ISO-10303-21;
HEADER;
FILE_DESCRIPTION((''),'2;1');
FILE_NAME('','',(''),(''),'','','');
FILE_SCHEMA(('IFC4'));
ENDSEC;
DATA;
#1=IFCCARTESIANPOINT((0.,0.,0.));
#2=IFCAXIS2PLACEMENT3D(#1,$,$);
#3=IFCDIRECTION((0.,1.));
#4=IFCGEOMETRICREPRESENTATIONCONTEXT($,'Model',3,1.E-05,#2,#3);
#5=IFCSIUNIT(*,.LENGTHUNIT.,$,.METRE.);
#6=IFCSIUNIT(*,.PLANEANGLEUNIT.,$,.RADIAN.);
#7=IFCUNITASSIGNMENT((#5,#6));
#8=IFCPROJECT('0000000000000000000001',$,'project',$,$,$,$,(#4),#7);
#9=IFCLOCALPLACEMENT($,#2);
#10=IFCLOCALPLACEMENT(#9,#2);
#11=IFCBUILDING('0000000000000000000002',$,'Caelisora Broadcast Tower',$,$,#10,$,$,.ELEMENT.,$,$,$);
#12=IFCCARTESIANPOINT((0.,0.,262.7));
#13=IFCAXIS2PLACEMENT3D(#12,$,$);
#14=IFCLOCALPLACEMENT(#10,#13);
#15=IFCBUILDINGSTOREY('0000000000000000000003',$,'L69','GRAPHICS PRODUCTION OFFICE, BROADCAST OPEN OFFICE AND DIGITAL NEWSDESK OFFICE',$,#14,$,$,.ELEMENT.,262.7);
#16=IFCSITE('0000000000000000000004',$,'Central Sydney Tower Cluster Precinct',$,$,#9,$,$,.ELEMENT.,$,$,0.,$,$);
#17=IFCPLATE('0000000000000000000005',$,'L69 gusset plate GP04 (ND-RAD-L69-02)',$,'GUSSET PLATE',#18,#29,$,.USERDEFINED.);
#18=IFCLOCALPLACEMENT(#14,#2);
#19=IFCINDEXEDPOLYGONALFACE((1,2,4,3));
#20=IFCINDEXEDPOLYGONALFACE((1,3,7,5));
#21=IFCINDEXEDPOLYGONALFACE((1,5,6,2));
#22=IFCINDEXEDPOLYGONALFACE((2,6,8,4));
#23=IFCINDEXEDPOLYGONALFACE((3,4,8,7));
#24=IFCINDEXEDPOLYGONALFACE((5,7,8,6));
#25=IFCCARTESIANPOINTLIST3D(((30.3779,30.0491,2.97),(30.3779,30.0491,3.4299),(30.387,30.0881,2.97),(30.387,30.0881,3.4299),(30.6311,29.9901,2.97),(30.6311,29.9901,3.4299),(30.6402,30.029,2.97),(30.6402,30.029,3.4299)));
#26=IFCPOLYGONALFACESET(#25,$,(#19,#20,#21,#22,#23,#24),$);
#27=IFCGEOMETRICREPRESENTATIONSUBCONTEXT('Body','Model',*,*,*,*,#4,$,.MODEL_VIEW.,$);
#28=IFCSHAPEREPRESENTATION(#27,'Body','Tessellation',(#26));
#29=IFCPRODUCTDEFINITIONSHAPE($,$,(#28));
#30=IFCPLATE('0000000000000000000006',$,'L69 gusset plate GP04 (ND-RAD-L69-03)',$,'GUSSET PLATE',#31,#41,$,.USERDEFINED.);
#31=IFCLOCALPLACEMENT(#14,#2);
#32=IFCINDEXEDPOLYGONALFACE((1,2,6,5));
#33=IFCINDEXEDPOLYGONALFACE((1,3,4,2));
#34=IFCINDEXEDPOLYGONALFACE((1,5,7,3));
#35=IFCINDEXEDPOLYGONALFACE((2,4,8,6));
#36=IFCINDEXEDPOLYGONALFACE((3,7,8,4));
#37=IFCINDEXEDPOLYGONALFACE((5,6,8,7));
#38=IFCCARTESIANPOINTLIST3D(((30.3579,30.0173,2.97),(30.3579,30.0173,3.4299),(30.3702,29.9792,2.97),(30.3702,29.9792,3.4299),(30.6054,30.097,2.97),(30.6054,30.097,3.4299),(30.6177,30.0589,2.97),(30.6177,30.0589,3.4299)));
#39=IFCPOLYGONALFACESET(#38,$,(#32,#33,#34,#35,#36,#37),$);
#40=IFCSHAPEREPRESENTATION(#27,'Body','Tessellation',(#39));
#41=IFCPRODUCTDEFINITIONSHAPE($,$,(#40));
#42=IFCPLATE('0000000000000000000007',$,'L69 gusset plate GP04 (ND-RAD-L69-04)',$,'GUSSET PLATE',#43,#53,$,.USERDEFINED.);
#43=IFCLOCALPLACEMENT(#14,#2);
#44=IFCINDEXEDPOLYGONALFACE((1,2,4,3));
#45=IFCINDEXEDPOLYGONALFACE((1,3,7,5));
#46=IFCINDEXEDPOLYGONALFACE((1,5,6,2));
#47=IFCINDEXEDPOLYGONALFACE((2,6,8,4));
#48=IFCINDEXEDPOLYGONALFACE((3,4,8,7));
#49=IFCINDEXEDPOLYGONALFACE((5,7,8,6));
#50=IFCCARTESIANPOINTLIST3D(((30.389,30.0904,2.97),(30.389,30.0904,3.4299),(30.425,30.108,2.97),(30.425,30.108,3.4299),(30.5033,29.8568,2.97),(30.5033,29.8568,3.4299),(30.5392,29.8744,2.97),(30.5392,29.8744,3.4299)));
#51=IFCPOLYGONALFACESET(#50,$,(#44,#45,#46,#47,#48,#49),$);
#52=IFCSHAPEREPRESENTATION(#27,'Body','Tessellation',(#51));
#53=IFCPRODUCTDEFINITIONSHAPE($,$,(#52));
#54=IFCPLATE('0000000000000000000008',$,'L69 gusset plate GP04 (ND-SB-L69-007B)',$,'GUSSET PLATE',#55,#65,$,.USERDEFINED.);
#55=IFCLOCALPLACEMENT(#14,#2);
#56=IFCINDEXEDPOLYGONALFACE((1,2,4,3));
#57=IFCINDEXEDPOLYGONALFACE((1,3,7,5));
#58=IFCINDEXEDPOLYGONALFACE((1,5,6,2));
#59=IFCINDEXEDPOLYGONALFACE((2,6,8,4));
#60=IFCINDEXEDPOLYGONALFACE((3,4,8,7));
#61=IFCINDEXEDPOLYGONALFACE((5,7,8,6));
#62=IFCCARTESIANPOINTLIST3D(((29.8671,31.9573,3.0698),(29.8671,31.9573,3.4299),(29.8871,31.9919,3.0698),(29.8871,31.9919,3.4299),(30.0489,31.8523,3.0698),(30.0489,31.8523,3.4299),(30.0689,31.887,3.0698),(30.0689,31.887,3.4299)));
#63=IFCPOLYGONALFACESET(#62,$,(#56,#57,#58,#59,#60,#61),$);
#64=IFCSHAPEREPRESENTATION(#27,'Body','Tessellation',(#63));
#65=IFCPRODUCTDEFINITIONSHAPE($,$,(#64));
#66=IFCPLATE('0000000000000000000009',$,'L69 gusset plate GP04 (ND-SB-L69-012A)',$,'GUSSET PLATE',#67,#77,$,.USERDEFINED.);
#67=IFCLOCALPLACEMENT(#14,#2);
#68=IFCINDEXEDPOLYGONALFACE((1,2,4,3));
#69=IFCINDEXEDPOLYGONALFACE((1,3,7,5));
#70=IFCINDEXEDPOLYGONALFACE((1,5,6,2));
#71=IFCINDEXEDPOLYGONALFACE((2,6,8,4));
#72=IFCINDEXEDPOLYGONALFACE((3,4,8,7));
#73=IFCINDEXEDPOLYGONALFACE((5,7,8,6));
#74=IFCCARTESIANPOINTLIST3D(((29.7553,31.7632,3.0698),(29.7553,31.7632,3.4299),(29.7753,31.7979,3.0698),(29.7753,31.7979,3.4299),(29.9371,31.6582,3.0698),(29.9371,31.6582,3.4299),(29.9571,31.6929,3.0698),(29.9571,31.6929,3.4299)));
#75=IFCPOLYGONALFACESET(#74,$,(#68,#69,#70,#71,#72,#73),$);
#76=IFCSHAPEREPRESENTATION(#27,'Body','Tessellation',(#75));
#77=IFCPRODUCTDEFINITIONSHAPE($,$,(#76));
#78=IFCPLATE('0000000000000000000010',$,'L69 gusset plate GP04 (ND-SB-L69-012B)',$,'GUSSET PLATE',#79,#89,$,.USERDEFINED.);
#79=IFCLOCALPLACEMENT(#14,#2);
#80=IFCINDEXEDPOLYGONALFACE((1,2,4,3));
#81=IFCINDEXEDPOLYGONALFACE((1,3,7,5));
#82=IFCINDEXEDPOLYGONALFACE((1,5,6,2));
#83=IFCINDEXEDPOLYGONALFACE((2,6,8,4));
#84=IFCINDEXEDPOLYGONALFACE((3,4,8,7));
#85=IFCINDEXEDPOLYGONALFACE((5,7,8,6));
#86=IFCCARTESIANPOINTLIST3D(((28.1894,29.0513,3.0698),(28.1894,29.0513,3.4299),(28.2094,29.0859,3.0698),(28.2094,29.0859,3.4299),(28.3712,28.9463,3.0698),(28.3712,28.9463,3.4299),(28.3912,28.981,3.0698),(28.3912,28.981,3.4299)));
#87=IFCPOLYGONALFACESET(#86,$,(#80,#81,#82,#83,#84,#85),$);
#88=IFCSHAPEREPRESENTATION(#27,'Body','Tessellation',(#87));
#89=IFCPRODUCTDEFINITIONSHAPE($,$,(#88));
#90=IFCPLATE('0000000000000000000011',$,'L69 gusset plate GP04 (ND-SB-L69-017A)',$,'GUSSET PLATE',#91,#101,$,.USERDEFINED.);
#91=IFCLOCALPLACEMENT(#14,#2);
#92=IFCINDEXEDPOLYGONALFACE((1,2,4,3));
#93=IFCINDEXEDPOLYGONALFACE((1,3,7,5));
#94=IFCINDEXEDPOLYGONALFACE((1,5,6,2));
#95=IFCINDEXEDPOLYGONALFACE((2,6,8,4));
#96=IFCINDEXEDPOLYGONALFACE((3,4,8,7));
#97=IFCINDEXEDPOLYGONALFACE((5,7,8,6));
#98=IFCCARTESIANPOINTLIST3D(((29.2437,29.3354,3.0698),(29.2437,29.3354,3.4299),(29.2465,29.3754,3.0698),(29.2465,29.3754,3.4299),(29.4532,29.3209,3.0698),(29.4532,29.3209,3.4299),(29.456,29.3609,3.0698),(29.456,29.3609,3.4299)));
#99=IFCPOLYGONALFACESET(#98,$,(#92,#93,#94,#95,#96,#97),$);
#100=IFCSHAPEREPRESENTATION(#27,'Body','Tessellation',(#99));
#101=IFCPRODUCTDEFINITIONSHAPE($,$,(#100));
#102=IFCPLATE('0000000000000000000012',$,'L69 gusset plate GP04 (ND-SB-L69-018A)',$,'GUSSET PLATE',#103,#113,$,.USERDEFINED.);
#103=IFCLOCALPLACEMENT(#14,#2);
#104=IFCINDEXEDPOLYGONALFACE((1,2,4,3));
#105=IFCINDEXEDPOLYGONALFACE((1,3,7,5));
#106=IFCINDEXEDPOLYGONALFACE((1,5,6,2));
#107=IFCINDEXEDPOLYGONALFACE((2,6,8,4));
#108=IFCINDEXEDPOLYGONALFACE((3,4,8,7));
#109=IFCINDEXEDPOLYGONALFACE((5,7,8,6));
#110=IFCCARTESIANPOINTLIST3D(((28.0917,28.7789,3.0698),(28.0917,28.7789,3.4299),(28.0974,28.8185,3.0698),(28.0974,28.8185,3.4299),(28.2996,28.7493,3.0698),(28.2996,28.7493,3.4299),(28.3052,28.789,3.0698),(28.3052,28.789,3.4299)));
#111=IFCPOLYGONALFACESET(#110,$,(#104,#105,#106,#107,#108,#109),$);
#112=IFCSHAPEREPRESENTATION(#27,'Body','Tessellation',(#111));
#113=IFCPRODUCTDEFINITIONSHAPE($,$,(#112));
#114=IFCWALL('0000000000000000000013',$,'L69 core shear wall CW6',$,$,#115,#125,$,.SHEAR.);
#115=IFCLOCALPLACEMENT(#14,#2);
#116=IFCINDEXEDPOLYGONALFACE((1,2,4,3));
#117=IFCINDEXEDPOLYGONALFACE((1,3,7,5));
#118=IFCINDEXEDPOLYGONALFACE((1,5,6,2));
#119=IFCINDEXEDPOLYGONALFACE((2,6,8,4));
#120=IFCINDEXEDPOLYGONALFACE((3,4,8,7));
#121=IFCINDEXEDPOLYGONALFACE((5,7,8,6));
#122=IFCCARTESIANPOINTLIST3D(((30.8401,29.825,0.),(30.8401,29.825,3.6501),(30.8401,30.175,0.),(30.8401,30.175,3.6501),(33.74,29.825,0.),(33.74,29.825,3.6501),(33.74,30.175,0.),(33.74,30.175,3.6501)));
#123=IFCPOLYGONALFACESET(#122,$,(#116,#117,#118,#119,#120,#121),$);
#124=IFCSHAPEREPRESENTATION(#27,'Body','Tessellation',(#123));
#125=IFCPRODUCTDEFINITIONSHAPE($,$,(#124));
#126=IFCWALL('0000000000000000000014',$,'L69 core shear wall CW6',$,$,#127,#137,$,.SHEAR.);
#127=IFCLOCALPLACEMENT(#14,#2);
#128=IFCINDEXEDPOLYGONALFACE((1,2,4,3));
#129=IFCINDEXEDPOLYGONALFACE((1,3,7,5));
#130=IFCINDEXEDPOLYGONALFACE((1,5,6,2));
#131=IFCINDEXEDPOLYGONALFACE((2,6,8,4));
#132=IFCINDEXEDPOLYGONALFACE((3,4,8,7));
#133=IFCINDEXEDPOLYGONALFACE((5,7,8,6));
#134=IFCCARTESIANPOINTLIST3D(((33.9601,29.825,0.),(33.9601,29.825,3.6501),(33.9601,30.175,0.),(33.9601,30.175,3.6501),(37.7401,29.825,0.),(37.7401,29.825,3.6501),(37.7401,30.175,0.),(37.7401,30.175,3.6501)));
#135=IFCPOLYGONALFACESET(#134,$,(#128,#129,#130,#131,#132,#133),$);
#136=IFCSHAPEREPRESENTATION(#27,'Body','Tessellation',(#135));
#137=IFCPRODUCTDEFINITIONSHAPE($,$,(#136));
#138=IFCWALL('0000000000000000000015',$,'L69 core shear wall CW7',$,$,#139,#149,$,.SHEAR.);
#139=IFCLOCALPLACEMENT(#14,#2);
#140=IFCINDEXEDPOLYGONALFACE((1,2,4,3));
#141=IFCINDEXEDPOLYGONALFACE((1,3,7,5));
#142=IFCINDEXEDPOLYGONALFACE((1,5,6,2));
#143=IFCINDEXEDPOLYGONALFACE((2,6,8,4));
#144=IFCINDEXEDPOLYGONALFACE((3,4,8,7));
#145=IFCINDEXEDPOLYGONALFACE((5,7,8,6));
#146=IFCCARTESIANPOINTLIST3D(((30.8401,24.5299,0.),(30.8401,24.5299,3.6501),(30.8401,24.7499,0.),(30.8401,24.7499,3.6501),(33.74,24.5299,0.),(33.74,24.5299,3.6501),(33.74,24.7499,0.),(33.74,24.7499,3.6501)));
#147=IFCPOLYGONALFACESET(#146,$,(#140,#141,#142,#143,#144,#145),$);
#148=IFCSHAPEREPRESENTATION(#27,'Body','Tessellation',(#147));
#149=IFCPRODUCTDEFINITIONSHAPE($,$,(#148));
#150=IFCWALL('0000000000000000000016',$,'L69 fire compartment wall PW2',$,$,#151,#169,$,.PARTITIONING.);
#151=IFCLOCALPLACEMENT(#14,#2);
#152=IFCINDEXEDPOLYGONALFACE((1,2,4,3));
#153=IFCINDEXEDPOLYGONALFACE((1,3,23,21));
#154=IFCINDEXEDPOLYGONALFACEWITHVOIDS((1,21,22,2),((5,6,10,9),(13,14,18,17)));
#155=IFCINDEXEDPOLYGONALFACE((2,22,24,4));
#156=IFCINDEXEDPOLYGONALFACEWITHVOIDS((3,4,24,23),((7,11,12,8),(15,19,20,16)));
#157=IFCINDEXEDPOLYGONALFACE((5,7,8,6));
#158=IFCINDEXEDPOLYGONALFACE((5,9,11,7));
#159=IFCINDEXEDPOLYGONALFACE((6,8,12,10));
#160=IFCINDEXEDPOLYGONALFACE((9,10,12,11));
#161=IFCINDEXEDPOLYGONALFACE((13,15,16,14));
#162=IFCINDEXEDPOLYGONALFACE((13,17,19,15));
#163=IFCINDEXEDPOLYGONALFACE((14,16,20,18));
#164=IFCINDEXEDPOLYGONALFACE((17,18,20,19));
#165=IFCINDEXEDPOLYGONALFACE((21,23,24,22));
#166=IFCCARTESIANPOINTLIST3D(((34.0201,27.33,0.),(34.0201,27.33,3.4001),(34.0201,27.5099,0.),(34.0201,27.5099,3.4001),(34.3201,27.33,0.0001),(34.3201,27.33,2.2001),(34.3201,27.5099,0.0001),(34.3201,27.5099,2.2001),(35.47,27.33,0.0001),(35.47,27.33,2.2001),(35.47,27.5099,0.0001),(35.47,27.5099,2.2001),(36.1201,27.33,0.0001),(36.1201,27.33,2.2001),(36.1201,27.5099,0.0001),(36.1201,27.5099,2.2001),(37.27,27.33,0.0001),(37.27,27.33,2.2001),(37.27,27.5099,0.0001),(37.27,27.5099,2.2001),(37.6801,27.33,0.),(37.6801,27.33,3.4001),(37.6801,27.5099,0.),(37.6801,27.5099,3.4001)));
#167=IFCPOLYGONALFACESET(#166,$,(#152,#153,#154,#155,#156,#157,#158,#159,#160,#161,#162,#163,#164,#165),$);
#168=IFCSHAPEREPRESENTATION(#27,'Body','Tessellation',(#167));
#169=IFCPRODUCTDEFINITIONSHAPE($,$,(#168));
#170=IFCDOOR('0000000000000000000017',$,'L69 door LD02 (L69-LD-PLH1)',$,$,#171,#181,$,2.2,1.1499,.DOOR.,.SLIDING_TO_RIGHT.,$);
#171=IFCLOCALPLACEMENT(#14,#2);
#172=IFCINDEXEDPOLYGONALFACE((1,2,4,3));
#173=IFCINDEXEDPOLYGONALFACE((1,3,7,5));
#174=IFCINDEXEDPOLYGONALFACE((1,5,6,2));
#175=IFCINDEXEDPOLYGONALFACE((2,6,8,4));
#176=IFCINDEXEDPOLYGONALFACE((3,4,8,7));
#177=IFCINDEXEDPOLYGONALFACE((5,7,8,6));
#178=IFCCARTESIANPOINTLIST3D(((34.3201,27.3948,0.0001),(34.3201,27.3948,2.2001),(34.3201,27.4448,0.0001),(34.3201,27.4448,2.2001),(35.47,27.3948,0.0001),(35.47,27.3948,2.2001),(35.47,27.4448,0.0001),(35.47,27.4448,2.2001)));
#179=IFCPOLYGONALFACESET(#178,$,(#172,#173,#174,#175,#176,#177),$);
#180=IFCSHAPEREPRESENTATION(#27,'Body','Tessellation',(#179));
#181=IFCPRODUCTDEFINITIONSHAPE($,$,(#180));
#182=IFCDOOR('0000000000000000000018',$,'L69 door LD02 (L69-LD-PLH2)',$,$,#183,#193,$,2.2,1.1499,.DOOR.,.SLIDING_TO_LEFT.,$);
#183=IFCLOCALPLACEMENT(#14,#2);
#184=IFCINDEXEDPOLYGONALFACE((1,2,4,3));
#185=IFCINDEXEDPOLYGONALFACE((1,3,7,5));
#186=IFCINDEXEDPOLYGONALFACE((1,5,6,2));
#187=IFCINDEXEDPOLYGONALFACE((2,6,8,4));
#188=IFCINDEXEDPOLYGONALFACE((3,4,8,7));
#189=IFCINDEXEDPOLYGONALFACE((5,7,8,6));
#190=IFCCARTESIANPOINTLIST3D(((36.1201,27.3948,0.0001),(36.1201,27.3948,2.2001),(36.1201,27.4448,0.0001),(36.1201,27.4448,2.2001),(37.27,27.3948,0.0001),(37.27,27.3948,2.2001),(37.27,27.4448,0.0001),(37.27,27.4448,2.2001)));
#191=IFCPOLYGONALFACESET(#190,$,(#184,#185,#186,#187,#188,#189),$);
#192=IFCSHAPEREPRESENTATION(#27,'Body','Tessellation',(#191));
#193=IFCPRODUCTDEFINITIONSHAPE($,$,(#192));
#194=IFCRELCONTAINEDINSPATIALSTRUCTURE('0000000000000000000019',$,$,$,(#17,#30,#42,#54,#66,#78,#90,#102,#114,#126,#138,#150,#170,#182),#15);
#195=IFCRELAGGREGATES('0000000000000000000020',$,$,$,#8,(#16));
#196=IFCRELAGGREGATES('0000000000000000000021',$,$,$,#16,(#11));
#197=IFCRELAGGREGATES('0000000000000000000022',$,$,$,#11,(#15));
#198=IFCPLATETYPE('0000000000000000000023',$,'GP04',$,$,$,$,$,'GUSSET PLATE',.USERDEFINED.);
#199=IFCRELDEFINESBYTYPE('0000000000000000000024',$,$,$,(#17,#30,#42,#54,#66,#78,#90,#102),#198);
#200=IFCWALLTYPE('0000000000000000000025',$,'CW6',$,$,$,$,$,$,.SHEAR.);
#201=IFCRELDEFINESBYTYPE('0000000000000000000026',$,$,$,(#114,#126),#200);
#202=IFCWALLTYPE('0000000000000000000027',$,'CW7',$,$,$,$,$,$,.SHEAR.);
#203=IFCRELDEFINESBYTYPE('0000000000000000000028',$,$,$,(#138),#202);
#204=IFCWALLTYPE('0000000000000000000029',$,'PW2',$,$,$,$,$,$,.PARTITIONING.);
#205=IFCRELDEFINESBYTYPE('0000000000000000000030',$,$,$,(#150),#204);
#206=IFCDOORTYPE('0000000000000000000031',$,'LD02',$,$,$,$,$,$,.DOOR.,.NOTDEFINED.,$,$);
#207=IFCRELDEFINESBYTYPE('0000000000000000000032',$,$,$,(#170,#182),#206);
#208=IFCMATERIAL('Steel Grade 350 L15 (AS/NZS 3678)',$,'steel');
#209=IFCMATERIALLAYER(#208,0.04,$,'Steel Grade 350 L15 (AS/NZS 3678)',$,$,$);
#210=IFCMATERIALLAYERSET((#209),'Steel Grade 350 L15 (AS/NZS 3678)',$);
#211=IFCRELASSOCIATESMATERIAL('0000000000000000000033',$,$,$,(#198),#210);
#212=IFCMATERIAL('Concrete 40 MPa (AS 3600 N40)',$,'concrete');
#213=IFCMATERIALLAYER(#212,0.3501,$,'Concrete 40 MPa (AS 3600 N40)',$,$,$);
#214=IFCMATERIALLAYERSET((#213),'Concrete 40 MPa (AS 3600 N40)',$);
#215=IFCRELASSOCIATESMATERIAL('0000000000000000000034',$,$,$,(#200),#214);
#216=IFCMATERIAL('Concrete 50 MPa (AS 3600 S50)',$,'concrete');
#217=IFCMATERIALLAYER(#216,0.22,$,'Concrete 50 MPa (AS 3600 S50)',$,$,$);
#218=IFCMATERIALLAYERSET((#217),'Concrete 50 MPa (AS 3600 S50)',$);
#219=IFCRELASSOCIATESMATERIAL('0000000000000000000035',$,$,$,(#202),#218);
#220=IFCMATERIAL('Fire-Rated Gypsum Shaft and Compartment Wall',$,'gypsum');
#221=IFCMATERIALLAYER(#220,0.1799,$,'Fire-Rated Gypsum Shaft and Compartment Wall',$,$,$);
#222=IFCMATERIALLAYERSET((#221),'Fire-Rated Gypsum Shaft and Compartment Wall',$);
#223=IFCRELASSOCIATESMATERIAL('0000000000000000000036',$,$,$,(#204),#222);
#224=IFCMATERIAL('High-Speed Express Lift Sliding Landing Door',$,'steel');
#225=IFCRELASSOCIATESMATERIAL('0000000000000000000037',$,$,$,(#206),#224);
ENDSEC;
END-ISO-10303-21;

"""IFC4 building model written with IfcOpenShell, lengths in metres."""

from ifc_helpers import new_model, si_unit, direction, frame, frame_2d, origin, origin_2d, place, context, subcontext, project, spatial, rectangle, extrude, source, transform, mapped, material, layer, layer_set, type_object, type_shapes, element, fill, save


model = new_model("IFC4")

# Units and contexts
model_context = context("Model", 3, precision=1e-05, world=origin(), true_north=direction((0.0, 1.0)))
body_context = subcontext(model_context, "Body", "Model", "MODEL_VIEW")
ifc_project = project(units=[si_unit("LENGTHUNIT", "METRE"), si_unit("PLANEANGLEUNIT", "RADIAN")], contexts=[model_context])

# Site, building, storey
site_placement = place(None, origin())
site = spatial("IfcSite", under=ifc_project, at=site_placement, Name="Central Sydney Tower Cluster Precinct", CompositionType="ELEMENT", RefElevation=0.0)
building_placement = place(site_placement, origin())
building = spatial("IfcBuilding", under=site, at=building_placement, Name="Caelisora Broadcast Tower", CompositionType="ELEMENT")
storey_placement = place(building_placement, frame((0.0, 0.0, 262.7)))
storey = spatial("IfcBuildingStorey", under=building, at=storey_placement, Name="L69", Description="GRAPHICS PRODUCTION OFFICE, BROADCAST OPEN OFFICE AND DIGITAL NEWSDESK OFFICE", CompositionType="ELEMENT", Elevation=262.7)

# Plates
ifc_material_1 = material(Name="Steel Grade 350 L15 (AS/NZS 3678)", Category="steel")
ifc_layer_1 = layer(ifc_material_1, 0.04, Name="Steel Grade 350 L15 (AS/NZS 3678)")
ifc_layer_set_1 = layer_set([ifc_layer_1], Name="Steel Grade 350 L15 (AS/NZS 3678)")
plate_type = type_object("IfcPlateType", Name="GP04", ElementType="GUSSET PLATE", PredefinedType="USERDEFINED", material=ifc_layer_set_1)
shared_shape_1 = source(origin(), body_context, "Body", "SweptSolid", [
    extrude(rectangle(XDim=0.26, YDim=0.04, at=origin_2d()), origin(), (0.0, 0.0, 1.0), 0.46),
])
for number, where, z_axis, x_axis, name in (
    (1, (30.509, 30.0391, 2.97), (0.0, 0.0, 1.0), (-0.973897, 0.226991, 0.0), "L69 gusset plate GP04 (ND-RAD-L69-02)"),
    (2, (30.4878, 30.0381, 2.97), (0.0, 0.0, 1.0), (-0.951862, -0.306526, 0.0), "L69 gusset plate GP04 (ND-RAD-L69-03)"),
    (3, (30.4641, 29.9824, 2.97), (0.0, 0.0, 1.0), (0.439469, -0.898258, 0.0), "L69 gusset plate GP04 (ND-RAD-L69-04)"),
):
    element("IfcPlate", number, at=place(storey_placement, frame(where, z_axis=z_axis, x_axis=x_axis)), inside=storey, type_object=plate_type, Name=name, ObjectType="GUSSET PLATE", PredefinedType="USERDEFINED", context=body_context, shape_type="MappedRepresentation", body=[
        mapped(shared_shape_1, transform((0.0, 0.0, 0.0), scale=1.0)),
    ])
shared_shape_2 = source(origin(), body_context, "Body", "SweptSolid", [
    extrude(rectangle(XDim=0.21, YDim=0.04, at=origin_2d()), origin(), (0.0, 0.0, 1.0), 0.3601),
])
type_shapes(plate_type, [shared_shape_1, shared_shape_2])
for number, where, z_axis, x_axis, name in (
    (4, (29.968, 31.9221, 3.0698), (0.0, 0.0, 1.0), (0.866025, -0.5, 0.0), "L69 gusset plate GP04 (ND-SB-L69-007B)"),
    (5, (29.8562, 31.728, 3.0698), (0.0, 0.0, 1.0), (0.866025, -0.5, 0.0), "L69 gusset plate GP04 (ND-SB-L69-012A)"),
    (6, (28.2903, 29.0161, 3.0698), (0.0, 0.0, 1.0), (0.866025, -0.5, 0.0), "L69 gusset plate GP04 (ND-SB-L69-012B)"),
    (7, (29.3499, 29.3481, 3.0698), (0.0, 0.0, 1.0), (0.997613, -0.06906, 0.0), "L69 gusset plate GP04 (ND-SB-L69-017A)"),
    (8, (28.1985, 28.7839, 3.0698), (0.0, 0.0, 1.0), (0.990024, -0.140901, 0.0), "L69 gusset plate GP04 (ND-SB-L69-018A)"),
):
    element("IfcPlate", number, at=place(storey_placement, frame(where, z_axis=z_axis, x_axis=x_axis)), inside=storey, type_object=plate_type, Name=name, ObjectType="GUSSET PLATE", PredefinedType="USERDEFINED", context=body_context, shape_type="MappedRepresentation", body=[
        mapped(shared_shape_2, transform((0.0, 0.0, 0.0), scale=1.0)),
    ])

# Walls
ifc_material_2 = material(Name="Concrete 40 MPa (AS 3600 N40)", Category="concrete")
ifc_layer_2 = layer(ifc_material_2, 0.3501, Name="Concrete 40 MPa (AS 3600 N40)")
ifc_layer_set_2 = layer_set([ifc_layer_2], Name="Concrete 40 MPa (AS 3600 N40)")
wall_type_1 = type_object("IfcWallType", Name="CW6", PredefinedType="SHEAR", material=ifc_layer_set_2)
wall_1_placement = place(storey_placement, frame((30.8401, 30.0, 0.0), z_axis=(0.0, 0.0, 1.0), x_axis=(1.0, 0.0, 0.0)))
element("IfcWall", 9, at=wall_1_placement, inside=storey, type_object=wall_type_1, Name="L69 core shear wall CW6", PredefinedType="SHEAR", context=body_context, shape_type="SweptSolid", body=[
    extrude(rectangle(XDim=2.8999, YDim=0.3501, at=frame_2d((1.45, 0.0))), origin(), (0.0, 0.0, 1.0), 3.6501),
])
wall_2_placement = place(storey_placement, frame((33.96, 30.0, 0.0), z_axis=(0.0, 0.0, 1.0), x_axis=(1.0, 0.0, 0.0)))
element("IfcWall", 10, at=wall_2_placement, inside=storey, type_object=wall_type_1, Name="L69 core shear wall CW6", PredefinedType="SHEAR", context=body_context, shape_type="SweptSolid", body=[
    extrude(rectangle(XDim=3.78, YDim=0.3501, at=frame_2d((1.8901, 0.0))), origin(), (0.0, 0.0, 1.0), 3.6501),
])
ifc_material_3 = material(Name="Concrete 50 MPa (AS 3600 S50)", Category="concrete")
ifc_layer_3 = layer(ifc_material_3, 0.22, Name="Concrete 50 MPa (AS 3600 S50)")
ifc_layer_set_3 = layer_set([ifc_layer_3], Name="Concrete 50 MPa (AS 3600 S50)")
wall_type_2 = type_object("IfcWallType", Name="CW7", PredefinedType="SHEAR", material=ifc_layer_set_3)
wall_3_placement = place(storey_placement, frame((30.8401, 24.6399, 0.0), z_axis=(0.0, 0.0, 1.0), x_axis=(1.0, 0.0, 0.0)))
element("IfcWall", 11, at=wall_3_placement, inside=storey, type_object=wall_type_2, Name="L69 core shear wall CW7", PredefinedType="SHEAR", context=body_context, shape_type="SweptSolid", body=[
    extrude(rectangle(XDim=2.8999, YDim=0.22, at=frame_2d((1.45, 0.0))), origin(), (0.0, 0.0, 1.0), 3.6501),
])

# Wall, openings, doors
ifc_material_4 = material(Name="Fire-Rated Gypsum Shaft and Compartment Wall", Category="gypsum")
ifc_layer_4 = layer(ifc_material_4, 0.1799, Name="Fire-Rated Gypsum Shaft and Compartment Wall")
ifc_layer_set_4 = layer_set([ifc_layer_4], Name="Fire-Rated Gypsum Shaft and Compartment Wall")
wall_type_3 = type_object("IfcWallType", Name="PW2", PredefinedType="PARTITIONING", material=ifc_layer_set_4)
wall_4_placement = place(storey_placement, frame((34.02, 27.4199, 0.0), z_axis=(0.0, 0.0, 1.0), x_axis=(1.0, 0.0, 0.0)))
wall_4 = element("IfcWall", 12, at=wall_4_placement, inside=storey, type_object=wall_type_3, Name="L69 fire compartment wall PW2", PredefinedType="PARTITIONING", context=body_context, shape_type="SweptSolid", body=[
    extrude(rectangle(XDim=3.6599, YDim=0.1799, at=frame_2d((1.8301, 0.0))), origin(), (0.0, 0.0, 1.0), 3.4001),
])
opening_1_placement = place(wall_4_placement, frame((0.3, 0.0, 0.0)))
opening_1 = element("IfcOpeningElement", 13, at=opening_1_placement, cuts=wall_4, PredefinedType="OPENING", context=body_context, shape_type="SweptSolid", body=[
    extrude(rectangle(XDim=1.1499, YDim=2.2, at=frame_2d((0.575, 1.1001))), frame((0.0, 0.1021, 0.0), z_axis=(0.0, -1.0, 0.0), x_axis=(1.0, 0.0, 0.0)), (0.0, 0.0, 1.0), 0.2039),
])
opening_2_placement = place(wall_4_placement, frame((2.1001, 0.0, 0.0)))
opening_2 = element("IfcOpeningElement", 14, at=opening_2_placement, cuts=wall_4, PredefinedType="OPENING", context=body_context, shape_type="SweptSolid", body=[
    extrude(rectangle(XDim=1.1499, YDim=2.2, at=frame_2d((0.575, 1.1001))), frame((0.0, 0.1021, 0.0), z_axis=(0.0, -1.0, 0.0), x_axis=(1.0, 0.0, 0.0)), (0.0, 0.0, 1.0), 0.2039),
])
ifc_material_5 = material(Name="High-Speed Express Lift Sliding Landing Door", Category="steel")
door_type = type_object("IfcDoorType", Name="LD02", OperationType="NOTDEFINED", PredefinedType="DOOR", material=ifc_material_5)
door_1_placement = place(opening_1_placement, origin())
door_1 = element("IfcDoor", 15, at=door_1_placement, inside=storey, type_object=door_type, Name="L69 door LD02 (L69-LD-PLH1)", OperationType="SLIDING_TO_RIGHT", OverallHeight=2.2, OverallWidth=1.1499, PredefinedType="DOOR", context=body_context, shape_type="SweptSolid", body=[
    extrude(rectangle(XDim=1.1499, YDim=2.2, at=frame_2d((0.575, 1.1001))), frame((0.0, 0.0249, 0.0), z_axis=(0.0, -1.0, 0.0), x_axis=(1.0, 0.0, 0.0)), (0.0, 0.0, 1.0), 0.05),
])
fill(opening_1, door_1)
door_2_placement = place(opening_2_placement, origin())
door_2 = element("IfcDoor", 16, at=door_2_placement, inside=storey, type_object=door_type, Name="L69 door LD02 (L69-LD-PLH2)", OperationType="SLIDING_TO_LEFT", OverallHeight=2.2, OverallWidth=1.1499, PredefinedType="DOOR", context=body_context, shape_type="SweptSolid", body=[
    extrude(rectangle(XDim=1.1499, YDim=2.2, at=frame_2d((0.575, 1.1001))), frame((0.0, 0.0249, 0.0), z_axis=(0.0, -1.0, 0.0), x_axis=(1.0, 0.0, 0.0)), (0.0, 0.0, 1.0), 0.05),
])
fill(opening_2, door_2)

save(model, "model.ifc")
